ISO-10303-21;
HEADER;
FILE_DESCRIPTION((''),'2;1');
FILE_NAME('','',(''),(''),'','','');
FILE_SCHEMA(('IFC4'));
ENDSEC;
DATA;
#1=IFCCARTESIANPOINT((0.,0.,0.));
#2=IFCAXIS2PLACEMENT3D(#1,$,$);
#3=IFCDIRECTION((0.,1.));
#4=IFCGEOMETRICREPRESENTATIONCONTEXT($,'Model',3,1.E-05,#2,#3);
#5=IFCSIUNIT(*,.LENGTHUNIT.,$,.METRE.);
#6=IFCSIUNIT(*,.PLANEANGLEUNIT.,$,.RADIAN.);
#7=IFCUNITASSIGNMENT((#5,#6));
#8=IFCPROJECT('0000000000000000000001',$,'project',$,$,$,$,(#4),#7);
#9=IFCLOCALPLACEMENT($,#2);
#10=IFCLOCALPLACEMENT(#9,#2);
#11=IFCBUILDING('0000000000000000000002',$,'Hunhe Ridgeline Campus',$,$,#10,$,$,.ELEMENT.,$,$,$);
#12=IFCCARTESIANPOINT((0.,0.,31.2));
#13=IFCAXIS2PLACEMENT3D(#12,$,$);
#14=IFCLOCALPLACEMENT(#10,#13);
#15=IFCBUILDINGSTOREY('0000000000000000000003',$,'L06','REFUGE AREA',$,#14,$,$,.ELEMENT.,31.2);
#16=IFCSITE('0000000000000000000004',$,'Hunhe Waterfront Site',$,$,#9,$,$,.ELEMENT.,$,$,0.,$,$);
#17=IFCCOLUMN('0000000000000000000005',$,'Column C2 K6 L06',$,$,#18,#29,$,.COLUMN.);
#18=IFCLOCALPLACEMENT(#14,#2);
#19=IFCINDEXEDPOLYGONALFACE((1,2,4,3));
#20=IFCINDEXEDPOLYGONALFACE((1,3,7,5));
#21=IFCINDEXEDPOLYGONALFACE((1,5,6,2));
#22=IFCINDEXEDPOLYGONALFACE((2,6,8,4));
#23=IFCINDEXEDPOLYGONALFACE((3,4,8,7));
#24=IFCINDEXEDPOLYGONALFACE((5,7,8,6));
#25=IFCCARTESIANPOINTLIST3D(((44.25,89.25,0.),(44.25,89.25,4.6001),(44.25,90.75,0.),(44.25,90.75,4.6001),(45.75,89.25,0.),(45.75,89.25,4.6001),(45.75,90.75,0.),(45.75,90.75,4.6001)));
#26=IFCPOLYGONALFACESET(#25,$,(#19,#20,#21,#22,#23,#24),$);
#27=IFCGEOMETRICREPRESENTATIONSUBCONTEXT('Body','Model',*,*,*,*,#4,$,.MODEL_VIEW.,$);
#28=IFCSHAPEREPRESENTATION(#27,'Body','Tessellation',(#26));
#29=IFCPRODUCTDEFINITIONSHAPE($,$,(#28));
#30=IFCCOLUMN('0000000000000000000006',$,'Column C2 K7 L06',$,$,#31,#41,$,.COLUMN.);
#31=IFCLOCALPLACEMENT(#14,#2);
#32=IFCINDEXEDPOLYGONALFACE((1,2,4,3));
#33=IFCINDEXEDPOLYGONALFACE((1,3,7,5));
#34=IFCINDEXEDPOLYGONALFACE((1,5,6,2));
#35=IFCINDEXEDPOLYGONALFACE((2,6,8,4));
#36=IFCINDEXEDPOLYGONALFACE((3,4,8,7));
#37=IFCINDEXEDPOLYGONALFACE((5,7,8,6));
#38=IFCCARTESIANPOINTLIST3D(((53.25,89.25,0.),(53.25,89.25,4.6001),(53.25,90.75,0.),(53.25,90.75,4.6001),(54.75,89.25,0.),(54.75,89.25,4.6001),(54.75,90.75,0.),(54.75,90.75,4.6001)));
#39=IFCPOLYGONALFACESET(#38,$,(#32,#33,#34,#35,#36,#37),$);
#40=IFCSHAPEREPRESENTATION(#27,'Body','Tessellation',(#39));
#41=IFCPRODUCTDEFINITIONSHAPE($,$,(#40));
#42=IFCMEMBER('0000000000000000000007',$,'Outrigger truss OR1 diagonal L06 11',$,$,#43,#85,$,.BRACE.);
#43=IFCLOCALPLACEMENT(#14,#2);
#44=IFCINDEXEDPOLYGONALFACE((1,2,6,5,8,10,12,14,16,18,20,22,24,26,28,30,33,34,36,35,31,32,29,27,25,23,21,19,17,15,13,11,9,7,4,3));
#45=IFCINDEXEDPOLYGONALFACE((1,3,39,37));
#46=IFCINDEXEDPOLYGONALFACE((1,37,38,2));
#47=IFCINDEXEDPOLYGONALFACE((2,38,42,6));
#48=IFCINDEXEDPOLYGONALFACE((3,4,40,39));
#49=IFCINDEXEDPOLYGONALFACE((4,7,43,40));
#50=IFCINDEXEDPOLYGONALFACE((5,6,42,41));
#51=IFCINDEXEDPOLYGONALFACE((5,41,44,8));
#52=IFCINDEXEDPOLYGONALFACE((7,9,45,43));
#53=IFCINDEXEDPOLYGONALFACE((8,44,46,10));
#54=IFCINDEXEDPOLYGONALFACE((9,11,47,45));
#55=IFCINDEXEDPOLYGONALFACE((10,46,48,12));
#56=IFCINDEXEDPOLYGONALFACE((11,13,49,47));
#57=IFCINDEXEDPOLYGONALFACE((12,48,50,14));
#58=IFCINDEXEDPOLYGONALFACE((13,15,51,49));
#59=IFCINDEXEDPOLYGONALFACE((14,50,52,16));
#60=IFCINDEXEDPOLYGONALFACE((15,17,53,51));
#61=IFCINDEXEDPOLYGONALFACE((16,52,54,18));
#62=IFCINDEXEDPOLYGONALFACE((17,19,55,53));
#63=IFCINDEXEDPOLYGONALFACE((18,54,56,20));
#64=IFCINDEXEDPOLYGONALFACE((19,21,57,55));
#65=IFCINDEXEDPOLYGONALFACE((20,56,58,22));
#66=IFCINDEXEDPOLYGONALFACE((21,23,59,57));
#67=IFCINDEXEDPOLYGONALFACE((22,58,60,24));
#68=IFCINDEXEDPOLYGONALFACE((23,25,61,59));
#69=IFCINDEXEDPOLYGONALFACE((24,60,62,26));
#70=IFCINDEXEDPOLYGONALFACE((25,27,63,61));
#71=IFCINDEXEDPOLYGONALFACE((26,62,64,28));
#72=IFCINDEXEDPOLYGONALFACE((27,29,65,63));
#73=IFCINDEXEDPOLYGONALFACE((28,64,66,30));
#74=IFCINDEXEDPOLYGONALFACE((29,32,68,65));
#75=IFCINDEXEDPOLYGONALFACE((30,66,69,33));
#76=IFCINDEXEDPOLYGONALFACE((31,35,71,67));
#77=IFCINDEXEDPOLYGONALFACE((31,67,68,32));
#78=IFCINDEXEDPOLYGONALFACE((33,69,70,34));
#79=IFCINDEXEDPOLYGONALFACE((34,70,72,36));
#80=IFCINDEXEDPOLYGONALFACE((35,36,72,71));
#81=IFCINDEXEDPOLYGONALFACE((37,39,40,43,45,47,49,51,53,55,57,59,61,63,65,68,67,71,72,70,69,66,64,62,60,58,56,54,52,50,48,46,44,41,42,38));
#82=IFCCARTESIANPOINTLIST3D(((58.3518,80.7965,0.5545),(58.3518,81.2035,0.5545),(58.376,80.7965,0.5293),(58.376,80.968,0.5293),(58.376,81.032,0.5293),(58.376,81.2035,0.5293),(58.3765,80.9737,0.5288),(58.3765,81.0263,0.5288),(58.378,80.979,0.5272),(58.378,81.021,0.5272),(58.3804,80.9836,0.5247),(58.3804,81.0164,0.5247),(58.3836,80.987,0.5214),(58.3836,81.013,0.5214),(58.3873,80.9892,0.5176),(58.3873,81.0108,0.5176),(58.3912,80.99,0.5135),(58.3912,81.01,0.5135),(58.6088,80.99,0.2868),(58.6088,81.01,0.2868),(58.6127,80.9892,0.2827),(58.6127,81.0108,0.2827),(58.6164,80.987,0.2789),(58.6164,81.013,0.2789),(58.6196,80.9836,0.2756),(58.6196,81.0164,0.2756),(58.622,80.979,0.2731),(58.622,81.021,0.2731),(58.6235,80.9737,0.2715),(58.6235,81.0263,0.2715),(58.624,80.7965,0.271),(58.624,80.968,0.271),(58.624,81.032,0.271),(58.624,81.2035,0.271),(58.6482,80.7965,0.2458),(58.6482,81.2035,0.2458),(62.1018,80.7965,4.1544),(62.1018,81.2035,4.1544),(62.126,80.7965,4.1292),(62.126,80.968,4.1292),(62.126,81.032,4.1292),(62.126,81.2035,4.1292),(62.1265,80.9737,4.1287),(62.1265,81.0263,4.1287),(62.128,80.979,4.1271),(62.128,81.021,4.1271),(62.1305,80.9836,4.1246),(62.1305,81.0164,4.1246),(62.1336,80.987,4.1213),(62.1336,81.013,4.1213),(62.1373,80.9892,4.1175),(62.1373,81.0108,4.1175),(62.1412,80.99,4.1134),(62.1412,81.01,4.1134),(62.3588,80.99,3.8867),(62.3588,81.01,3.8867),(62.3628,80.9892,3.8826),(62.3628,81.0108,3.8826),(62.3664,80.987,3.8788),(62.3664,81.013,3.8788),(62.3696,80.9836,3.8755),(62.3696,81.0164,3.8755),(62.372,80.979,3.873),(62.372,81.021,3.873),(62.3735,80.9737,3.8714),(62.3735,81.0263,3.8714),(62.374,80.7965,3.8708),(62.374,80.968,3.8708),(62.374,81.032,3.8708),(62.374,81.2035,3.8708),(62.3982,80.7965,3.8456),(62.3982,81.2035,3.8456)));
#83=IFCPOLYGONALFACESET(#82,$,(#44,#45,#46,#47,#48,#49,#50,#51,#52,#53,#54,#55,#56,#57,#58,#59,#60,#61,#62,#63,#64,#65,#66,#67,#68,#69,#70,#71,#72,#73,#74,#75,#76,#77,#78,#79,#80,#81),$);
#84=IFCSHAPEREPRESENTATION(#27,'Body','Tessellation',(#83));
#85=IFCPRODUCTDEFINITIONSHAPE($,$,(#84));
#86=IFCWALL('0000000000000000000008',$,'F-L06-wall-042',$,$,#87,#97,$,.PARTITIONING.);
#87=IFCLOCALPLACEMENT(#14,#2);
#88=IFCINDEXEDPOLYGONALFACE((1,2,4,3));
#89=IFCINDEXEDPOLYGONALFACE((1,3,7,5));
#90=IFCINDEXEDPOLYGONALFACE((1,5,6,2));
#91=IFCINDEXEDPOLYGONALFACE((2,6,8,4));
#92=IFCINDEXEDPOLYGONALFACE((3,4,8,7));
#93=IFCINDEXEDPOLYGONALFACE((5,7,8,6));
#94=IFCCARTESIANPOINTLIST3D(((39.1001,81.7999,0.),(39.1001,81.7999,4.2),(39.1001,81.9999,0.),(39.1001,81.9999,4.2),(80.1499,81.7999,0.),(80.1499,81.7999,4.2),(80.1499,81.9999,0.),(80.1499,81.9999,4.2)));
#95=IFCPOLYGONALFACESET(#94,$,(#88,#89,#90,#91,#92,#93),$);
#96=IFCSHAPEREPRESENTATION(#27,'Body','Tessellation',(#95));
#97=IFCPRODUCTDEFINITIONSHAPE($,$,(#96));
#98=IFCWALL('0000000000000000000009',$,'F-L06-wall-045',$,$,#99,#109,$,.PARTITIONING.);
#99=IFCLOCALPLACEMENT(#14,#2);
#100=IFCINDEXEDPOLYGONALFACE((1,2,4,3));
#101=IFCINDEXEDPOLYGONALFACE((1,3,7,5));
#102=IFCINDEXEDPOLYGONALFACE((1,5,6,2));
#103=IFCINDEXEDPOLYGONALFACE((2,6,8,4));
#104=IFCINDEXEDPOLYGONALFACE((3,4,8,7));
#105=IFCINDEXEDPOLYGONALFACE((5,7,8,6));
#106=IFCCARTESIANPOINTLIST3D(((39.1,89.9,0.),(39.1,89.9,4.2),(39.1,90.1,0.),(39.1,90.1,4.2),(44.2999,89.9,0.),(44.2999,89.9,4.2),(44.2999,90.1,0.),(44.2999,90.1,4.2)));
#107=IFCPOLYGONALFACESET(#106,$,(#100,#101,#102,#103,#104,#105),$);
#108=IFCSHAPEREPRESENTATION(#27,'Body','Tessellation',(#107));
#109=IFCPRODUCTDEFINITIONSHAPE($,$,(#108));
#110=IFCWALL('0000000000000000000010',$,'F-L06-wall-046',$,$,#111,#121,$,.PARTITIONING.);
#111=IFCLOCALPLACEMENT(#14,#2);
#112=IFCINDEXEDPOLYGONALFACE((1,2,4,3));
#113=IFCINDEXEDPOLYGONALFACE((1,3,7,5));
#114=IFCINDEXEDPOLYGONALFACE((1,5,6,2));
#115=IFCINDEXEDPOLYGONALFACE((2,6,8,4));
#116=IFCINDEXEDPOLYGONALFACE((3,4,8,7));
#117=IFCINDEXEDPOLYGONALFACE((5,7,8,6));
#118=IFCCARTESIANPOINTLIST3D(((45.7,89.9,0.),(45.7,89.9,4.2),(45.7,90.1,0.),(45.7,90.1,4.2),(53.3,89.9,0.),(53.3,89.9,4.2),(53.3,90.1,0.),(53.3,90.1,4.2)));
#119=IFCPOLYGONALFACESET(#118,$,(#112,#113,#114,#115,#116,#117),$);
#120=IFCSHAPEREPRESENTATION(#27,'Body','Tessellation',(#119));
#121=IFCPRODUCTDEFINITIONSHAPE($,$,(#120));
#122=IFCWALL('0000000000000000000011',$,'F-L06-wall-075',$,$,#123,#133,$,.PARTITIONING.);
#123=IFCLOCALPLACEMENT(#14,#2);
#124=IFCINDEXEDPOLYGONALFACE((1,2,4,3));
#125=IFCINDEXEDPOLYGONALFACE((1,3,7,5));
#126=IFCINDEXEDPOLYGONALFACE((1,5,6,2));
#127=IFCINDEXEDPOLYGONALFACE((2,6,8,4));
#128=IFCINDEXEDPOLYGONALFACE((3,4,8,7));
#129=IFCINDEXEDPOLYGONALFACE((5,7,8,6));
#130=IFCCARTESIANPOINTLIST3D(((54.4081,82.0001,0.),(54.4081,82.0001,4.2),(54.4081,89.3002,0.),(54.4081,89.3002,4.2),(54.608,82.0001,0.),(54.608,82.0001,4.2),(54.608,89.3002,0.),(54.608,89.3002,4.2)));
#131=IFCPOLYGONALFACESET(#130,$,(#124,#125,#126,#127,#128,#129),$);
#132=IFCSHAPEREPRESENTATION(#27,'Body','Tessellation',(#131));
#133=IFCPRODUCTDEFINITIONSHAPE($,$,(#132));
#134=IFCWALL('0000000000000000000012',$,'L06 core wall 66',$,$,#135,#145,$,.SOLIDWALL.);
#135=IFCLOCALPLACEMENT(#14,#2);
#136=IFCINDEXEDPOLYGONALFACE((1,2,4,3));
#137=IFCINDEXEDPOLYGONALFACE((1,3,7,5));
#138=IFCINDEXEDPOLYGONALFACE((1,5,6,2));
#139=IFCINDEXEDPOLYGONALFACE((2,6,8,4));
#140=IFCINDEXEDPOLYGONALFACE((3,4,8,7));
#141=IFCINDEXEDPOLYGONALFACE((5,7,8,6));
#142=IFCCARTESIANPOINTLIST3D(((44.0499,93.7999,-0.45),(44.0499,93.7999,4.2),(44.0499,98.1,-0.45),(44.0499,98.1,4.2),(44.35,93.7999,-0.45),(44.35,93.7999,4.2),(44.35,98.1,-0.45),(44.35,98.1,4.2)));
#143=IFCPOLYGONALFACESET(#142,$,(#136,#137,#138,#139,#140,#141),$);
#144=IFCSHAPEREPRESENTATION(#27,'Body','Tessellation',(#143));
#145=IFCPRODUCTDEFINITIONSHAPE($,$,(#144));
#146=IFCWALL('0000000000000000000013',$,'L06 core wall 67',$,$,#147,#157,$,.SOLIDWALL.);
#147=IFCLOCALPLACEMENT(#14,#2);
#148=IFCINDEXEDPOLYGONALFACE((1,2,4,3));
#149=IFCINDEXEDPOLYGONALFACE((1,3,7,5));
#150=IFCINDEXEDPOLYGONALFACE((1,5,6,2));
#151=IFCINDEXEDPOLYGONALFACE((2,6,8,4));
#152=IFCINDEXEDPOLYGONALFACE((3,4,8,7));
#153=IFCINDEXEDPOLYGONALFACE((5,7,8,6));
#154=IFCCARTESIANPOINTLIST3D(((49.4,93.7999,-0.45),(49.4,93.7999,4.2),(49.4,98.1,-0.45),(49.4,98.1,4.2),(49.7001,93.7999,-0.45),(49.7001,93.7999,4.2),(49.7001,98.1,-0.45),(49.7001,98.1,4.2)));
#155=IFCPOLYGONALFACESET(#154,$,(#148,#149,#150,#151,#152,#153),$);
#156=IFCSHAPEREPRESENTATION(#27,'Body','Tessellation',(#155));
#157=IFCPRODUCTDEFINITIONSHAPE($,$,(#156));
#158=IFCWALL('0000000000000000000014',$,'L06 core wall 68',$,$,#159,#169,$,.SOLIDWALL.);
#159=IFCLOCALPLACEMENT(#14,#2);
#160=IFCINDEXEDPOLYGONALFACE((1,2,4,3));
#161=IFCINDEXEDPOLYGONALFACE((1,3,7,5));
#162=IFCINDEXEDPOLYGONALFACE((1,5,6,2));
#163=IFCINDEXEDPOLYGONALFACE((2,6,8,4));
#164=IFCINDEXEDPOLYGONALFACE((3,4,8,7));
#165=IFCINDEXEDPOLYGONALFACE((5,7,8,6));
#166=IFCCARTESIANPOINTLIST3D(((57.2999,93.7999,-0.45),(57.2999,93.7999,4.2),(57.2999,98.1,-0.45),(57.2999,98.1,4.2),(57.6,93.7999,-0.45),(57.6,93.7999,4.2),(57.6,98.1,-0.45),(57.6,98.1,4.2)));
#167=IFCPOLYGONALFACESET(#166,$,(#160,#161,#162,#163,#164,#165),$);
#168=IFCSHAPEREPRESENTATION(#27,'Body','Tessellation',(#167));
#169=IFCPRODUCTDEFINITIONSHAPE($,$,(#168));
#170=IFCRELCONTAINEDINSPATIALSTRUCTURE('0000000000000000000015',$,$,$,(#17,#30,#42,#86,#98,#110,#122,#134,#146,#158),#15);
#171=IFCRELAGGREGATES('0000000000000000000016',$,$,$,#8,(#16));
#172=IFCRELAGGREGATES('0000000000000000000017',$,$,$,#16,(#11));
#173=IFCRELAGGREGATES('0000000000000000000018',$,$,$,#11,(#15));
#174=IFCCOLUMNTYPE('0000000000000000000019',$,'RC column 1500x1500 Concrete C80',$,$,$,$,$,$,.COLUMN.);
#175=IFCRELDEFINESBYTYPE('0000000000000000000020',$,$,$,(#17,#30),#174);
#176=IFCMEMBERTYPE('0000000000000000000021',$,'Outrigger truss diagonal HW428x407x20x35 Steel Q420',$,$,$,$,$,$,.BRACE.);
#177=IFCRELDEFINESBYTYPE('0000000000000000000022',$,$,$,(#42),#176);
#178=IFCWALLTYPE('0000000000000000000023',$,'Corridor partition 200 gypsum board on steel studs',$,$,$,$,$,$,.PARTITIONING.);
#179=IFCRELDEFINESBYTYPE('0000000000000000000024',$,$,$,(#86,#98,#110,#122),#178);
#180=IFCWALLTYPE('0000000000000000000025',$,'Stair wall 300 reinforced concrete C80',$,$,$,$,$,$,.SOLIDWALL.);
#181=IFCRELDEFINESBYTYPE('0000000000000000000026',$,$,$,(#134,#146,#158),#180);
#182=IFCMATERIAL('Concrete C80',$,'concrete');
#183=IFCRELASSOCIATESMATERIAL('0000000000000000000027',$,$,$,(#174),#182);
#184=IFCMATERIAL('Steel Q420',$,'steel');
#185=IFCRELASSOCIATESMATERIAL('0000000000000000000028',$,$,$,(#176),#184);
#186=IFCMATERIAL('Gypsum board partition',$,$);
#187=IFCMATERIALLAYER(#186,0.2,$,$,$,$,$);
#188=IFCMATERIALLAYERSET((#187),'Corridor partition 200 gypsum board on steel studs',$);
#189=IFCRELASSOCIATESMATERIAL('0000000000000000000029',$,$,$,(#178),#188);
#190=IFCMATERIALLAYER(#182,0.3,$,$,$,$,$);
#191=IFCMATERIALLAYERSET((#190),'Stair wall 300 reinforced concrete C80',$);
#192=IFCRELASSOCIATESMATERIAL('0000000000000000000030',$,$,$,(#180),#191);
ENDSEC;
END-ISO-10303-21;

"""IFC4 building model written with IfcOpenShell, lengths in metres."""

from ifc_helpers import new_model, si_unit, direction, frame, frame_2d, origin, origin_2d, place, context, subcontext, project, spatial, rectangle, i_section, extrude, material, layer, layer_set, material_profile, profile_set, type_object, element, save


model = new_model("IFC4")

# Units and contexts
model_context = context("Model", 3, precision=1e-05, world=origin(), true_north=direction((0.0, 1.0)))
body_context = subcontext(model_context, "Body", "Model", "MODEL_VIEW")
ifc_project = project(units=[si_unit("LENGTHUNIT", "METRE"), si_unit("PLANEANGLEUNIT", "RADIAN")], contexts=[model_context])

# Site, building, storey
site_placement = place(None, origin())
site = spatial("IfcSite", under=ifc_project, at=site_placement, Name="Hunhe Waterfront Site", CompositionType="ELEMENT", RefElevation=0.0)
building_placement = place(site_placement, origin())
building = spatial("IfcBuilding", under=site, at=building_placement, Name="Hunhe Ridgeline Campus", CompositionType="ELEMENT")
storey_placement = place(building_placement, frame((0.0, 0.0, 31.2)))
storey = spatial("IfcBuildingStorey", under=building, at=storey_placement, Name="L06", Description="REFUGE AREA", CompositionType="ELEMENT", Elevation=31.2)

# Columns
ifc_material_1 = material(Name="Concrete C80", Category="concrete")
ifc_material_profile_1 = material_profile(ifc_material_1, rectangle(XDim=1.5, YDim=1.5, at=origin_2d()))
ifc_profile_set_1 = profile_set([ifc_material_profile_1], Name="Concrete C80")
column_type = type_object("IfcColumnType", Name="RC column 1500x1500 Concrete C80", PredefinedType="COLUMN", material=ifc_profile_set_1)
for number, where, z_axis, x_axis, name in (
    (1, (45.0, 90.0, 0.0), (0.0, 0.0, 1.0), (1.0, 0.0, 0.0), "Column C2 K6 L06"),
    (2, (54.0, 90.0, 0.0), (0.0, 0.0, 1.0), (1.0, 0.0, 0.0), "Column C2 K7 L06"),
):
    element("IfcColumn", number, at=place(storey_placement, frame(where, z_axis=z_axis, x_axis=x_axis)), inside=storey, type_object=column_type, Name=name, PredefinedType="COLUMN", context=body_context, shape_type="SweptSolid", body=[
        extrude(rectangle(XDim=1.5, YDim=1.5, at=origin_2d()), origin(), (0.0, 0.0, 1.0), 4.6001),
    ])

# Member
ifc_material_2 = material(Name="Steel Q420", Category="steel")
ifc_material_profile_2 = material_profile(ifc_material_2, i_section(OverallWidth=0.407, OverallDepth=0.428, WebThickness=0.02, FlangeThickness=0.0349, FilletRadius=0.022, at=origin_2d()))
ifc_profile_set_2 = profile_set([ifc_material_profile_2], Name="Steel Q420")
member_type = type_object("IfcMemberType", Name="Outrigger truss diagonal HW428x407x20x35 Steel Q420", PredefinedType="BRACE", material=ifc_profile_set_2)
member_placement = place(storey_placement, frame((58.5, 81.0, 0.4001), z_axis=(0.721401, 0.0, 0.692517), x_axis=(0.0, 1.0, 0.0)))
element("IfcMember", 3, at=member_placement, inside=storey, type_object=member_type, Name="Outrigger truss OR1 diagonal L06 11", PredefinedType="BRACE", context=body_context, shape_type="SweptSolid", body=[
    extrude(i_section(OverallWidth=0.407, OverallDepth=0.428, WebThickness=0.02, FlangeThickness=0.0349, FilletRadius=0.022, at=origin_2d()), origin(), (0.0, 0.0, 1.0), 5.1982),
])

# Walls
ifc_material_3 = material(Name="Gypsum board partition")
ifc_layer_1 = layer(ifc_material_3, 0.2)
ifc_layer_set_1 = layer_set([ifc_layer_1], Name="Corridor partition 200 gypsum board on steel studs")
wall_type_1 = type_object("IfcWallType", Name="Corridor partition 200 gypsum board on steel studs", PredefinedType="PARTITIONING", material=ifc_layer_set_1)
wall_1_placement = place(storey_placement, frame((39.1001, 81.8999, 0.0), z_axis=(0.0, 0.0, 1.0), x_axis=(1.0, 0.0, 0.0)))
element("IfcWall", 4, at=wall_1_placement, inside=storey, type_object=wall_type_1, Name="F-L06-wall-042", PredefinedType="PARTITIONING", context=body_context, shape_type="SweptSolid", body=[
    extrude(rectangle(XDim=41.0498, YDim=0.2, at=frame_2d((20.5249, 0.0))), origin(), (0.0, 0.0, 1.0), 4.2),
])
wall_2_placement = place(storey_placement, frame((44.3, 90.0, 0.0), z_axis=(0.0, 0.0, 1.0), x_axis=(-1.0, 0.0, 0.0)))
element("IfcWall", 5, at=wall_2_placement, inside=storey, type_object=wall_type_1, Name="F-L06-wall-045", PredefinedType="PARTITIONING", context=body_context, shape_type="SweptSolid", body=[
    extrude(rectangle(XDim=5.2, YDim=0.2, at=frame_2d((2.6001, 0.0))), origin(), (0.0, 0.0, 1.0), 4.2),
])
wall_3_placement = place(storey_placement, frame((53.3, 90.0, 0.0), z_axis=(0.0, 0.0, 1.0), x_axis=(-1.0, 0.0, 0.0)))
element("IfcWall", 6, at=wall_3_placement, inside=storey, type_object=wall_type_1, Name="F-L06-wall-046", PredefinedType="PARTITIONING", context=body_context, shape_type="SweptSolid", body=[
    extrude(rectangle(XDim=7.6001, YDim=0.2, at=frame_2d((3.8, 0.0))), origin(), (0.0, 0.0, 1.0), 4.2),
])

# Wall
wall_4_placement = place(storey_placement, frame((54.5081, 89.3, 0.0), z_axis=(0.0, 0.0, 1.0), x_axis=(0.0, -1.0, 0.0)))
element("IfcWall", 7, at=wall_4_placement, inside=storey, type_object=wall_type_1, Name="F-L06-wall-075", PredefinedType="PARTITIONING", context=body_context, shape_type="SweptSolid", body=[
    extrude(rectangle(XDim=7.3, YDim=0.2, at=frame_2d((3.6499, 0.0))), origin(), (0.0, 0.0, 1.0), 4.2),
])

# Shared definitions
ifc_layer_2 = layer(ifc_material_1, 0.3)
ifc_layer_set_2 = layer_set([ifc_layer_2], Name="Stair wall 300 reinforced concrete C80")
wall_type_2 = type_object("IfcWallType", Name="Stair wall 300 reinforced concrete C80", PredefinedType="SOLIDWALL", material=ifc_layer_set_2)

# Walls
for number, where, z_axis, x_axis, name in (
    (8, (44.2, 93.8, -0.45), (0.0, 0.0, 1.0), (0.0, 1.0, 0.0), "L06 core wall 66"),
    (9, (49.55, 93.8, -0.45), (0.0, 0.0, 1.0), (0.0, 1.0, 0.0), "L06 core wall 67"),
    (10, (57.45, 93.8, -0.45), (0.0, 0.0, 1.0), (0.0, 1.0, 0.0), "L06 core wall 68"),
):
    element("IfcWall", number, at=place(storey_placement, frame(where, z_axis=z_axis, x_axis=x_axis)), inside=storey, type_object=wall_type_2, Name=name, PredefinedType="SOLIDWALL", context=body_context, shape_type="SweptSolid", body=[
        extrude(rectangle(XDim=4.3, YDim=0.3, at=frame_2d((2.1499, 0.0))), origin(), (0.0, 0.0, 1.0), 4.6499),
    ])

save(model, "model.ifc")
